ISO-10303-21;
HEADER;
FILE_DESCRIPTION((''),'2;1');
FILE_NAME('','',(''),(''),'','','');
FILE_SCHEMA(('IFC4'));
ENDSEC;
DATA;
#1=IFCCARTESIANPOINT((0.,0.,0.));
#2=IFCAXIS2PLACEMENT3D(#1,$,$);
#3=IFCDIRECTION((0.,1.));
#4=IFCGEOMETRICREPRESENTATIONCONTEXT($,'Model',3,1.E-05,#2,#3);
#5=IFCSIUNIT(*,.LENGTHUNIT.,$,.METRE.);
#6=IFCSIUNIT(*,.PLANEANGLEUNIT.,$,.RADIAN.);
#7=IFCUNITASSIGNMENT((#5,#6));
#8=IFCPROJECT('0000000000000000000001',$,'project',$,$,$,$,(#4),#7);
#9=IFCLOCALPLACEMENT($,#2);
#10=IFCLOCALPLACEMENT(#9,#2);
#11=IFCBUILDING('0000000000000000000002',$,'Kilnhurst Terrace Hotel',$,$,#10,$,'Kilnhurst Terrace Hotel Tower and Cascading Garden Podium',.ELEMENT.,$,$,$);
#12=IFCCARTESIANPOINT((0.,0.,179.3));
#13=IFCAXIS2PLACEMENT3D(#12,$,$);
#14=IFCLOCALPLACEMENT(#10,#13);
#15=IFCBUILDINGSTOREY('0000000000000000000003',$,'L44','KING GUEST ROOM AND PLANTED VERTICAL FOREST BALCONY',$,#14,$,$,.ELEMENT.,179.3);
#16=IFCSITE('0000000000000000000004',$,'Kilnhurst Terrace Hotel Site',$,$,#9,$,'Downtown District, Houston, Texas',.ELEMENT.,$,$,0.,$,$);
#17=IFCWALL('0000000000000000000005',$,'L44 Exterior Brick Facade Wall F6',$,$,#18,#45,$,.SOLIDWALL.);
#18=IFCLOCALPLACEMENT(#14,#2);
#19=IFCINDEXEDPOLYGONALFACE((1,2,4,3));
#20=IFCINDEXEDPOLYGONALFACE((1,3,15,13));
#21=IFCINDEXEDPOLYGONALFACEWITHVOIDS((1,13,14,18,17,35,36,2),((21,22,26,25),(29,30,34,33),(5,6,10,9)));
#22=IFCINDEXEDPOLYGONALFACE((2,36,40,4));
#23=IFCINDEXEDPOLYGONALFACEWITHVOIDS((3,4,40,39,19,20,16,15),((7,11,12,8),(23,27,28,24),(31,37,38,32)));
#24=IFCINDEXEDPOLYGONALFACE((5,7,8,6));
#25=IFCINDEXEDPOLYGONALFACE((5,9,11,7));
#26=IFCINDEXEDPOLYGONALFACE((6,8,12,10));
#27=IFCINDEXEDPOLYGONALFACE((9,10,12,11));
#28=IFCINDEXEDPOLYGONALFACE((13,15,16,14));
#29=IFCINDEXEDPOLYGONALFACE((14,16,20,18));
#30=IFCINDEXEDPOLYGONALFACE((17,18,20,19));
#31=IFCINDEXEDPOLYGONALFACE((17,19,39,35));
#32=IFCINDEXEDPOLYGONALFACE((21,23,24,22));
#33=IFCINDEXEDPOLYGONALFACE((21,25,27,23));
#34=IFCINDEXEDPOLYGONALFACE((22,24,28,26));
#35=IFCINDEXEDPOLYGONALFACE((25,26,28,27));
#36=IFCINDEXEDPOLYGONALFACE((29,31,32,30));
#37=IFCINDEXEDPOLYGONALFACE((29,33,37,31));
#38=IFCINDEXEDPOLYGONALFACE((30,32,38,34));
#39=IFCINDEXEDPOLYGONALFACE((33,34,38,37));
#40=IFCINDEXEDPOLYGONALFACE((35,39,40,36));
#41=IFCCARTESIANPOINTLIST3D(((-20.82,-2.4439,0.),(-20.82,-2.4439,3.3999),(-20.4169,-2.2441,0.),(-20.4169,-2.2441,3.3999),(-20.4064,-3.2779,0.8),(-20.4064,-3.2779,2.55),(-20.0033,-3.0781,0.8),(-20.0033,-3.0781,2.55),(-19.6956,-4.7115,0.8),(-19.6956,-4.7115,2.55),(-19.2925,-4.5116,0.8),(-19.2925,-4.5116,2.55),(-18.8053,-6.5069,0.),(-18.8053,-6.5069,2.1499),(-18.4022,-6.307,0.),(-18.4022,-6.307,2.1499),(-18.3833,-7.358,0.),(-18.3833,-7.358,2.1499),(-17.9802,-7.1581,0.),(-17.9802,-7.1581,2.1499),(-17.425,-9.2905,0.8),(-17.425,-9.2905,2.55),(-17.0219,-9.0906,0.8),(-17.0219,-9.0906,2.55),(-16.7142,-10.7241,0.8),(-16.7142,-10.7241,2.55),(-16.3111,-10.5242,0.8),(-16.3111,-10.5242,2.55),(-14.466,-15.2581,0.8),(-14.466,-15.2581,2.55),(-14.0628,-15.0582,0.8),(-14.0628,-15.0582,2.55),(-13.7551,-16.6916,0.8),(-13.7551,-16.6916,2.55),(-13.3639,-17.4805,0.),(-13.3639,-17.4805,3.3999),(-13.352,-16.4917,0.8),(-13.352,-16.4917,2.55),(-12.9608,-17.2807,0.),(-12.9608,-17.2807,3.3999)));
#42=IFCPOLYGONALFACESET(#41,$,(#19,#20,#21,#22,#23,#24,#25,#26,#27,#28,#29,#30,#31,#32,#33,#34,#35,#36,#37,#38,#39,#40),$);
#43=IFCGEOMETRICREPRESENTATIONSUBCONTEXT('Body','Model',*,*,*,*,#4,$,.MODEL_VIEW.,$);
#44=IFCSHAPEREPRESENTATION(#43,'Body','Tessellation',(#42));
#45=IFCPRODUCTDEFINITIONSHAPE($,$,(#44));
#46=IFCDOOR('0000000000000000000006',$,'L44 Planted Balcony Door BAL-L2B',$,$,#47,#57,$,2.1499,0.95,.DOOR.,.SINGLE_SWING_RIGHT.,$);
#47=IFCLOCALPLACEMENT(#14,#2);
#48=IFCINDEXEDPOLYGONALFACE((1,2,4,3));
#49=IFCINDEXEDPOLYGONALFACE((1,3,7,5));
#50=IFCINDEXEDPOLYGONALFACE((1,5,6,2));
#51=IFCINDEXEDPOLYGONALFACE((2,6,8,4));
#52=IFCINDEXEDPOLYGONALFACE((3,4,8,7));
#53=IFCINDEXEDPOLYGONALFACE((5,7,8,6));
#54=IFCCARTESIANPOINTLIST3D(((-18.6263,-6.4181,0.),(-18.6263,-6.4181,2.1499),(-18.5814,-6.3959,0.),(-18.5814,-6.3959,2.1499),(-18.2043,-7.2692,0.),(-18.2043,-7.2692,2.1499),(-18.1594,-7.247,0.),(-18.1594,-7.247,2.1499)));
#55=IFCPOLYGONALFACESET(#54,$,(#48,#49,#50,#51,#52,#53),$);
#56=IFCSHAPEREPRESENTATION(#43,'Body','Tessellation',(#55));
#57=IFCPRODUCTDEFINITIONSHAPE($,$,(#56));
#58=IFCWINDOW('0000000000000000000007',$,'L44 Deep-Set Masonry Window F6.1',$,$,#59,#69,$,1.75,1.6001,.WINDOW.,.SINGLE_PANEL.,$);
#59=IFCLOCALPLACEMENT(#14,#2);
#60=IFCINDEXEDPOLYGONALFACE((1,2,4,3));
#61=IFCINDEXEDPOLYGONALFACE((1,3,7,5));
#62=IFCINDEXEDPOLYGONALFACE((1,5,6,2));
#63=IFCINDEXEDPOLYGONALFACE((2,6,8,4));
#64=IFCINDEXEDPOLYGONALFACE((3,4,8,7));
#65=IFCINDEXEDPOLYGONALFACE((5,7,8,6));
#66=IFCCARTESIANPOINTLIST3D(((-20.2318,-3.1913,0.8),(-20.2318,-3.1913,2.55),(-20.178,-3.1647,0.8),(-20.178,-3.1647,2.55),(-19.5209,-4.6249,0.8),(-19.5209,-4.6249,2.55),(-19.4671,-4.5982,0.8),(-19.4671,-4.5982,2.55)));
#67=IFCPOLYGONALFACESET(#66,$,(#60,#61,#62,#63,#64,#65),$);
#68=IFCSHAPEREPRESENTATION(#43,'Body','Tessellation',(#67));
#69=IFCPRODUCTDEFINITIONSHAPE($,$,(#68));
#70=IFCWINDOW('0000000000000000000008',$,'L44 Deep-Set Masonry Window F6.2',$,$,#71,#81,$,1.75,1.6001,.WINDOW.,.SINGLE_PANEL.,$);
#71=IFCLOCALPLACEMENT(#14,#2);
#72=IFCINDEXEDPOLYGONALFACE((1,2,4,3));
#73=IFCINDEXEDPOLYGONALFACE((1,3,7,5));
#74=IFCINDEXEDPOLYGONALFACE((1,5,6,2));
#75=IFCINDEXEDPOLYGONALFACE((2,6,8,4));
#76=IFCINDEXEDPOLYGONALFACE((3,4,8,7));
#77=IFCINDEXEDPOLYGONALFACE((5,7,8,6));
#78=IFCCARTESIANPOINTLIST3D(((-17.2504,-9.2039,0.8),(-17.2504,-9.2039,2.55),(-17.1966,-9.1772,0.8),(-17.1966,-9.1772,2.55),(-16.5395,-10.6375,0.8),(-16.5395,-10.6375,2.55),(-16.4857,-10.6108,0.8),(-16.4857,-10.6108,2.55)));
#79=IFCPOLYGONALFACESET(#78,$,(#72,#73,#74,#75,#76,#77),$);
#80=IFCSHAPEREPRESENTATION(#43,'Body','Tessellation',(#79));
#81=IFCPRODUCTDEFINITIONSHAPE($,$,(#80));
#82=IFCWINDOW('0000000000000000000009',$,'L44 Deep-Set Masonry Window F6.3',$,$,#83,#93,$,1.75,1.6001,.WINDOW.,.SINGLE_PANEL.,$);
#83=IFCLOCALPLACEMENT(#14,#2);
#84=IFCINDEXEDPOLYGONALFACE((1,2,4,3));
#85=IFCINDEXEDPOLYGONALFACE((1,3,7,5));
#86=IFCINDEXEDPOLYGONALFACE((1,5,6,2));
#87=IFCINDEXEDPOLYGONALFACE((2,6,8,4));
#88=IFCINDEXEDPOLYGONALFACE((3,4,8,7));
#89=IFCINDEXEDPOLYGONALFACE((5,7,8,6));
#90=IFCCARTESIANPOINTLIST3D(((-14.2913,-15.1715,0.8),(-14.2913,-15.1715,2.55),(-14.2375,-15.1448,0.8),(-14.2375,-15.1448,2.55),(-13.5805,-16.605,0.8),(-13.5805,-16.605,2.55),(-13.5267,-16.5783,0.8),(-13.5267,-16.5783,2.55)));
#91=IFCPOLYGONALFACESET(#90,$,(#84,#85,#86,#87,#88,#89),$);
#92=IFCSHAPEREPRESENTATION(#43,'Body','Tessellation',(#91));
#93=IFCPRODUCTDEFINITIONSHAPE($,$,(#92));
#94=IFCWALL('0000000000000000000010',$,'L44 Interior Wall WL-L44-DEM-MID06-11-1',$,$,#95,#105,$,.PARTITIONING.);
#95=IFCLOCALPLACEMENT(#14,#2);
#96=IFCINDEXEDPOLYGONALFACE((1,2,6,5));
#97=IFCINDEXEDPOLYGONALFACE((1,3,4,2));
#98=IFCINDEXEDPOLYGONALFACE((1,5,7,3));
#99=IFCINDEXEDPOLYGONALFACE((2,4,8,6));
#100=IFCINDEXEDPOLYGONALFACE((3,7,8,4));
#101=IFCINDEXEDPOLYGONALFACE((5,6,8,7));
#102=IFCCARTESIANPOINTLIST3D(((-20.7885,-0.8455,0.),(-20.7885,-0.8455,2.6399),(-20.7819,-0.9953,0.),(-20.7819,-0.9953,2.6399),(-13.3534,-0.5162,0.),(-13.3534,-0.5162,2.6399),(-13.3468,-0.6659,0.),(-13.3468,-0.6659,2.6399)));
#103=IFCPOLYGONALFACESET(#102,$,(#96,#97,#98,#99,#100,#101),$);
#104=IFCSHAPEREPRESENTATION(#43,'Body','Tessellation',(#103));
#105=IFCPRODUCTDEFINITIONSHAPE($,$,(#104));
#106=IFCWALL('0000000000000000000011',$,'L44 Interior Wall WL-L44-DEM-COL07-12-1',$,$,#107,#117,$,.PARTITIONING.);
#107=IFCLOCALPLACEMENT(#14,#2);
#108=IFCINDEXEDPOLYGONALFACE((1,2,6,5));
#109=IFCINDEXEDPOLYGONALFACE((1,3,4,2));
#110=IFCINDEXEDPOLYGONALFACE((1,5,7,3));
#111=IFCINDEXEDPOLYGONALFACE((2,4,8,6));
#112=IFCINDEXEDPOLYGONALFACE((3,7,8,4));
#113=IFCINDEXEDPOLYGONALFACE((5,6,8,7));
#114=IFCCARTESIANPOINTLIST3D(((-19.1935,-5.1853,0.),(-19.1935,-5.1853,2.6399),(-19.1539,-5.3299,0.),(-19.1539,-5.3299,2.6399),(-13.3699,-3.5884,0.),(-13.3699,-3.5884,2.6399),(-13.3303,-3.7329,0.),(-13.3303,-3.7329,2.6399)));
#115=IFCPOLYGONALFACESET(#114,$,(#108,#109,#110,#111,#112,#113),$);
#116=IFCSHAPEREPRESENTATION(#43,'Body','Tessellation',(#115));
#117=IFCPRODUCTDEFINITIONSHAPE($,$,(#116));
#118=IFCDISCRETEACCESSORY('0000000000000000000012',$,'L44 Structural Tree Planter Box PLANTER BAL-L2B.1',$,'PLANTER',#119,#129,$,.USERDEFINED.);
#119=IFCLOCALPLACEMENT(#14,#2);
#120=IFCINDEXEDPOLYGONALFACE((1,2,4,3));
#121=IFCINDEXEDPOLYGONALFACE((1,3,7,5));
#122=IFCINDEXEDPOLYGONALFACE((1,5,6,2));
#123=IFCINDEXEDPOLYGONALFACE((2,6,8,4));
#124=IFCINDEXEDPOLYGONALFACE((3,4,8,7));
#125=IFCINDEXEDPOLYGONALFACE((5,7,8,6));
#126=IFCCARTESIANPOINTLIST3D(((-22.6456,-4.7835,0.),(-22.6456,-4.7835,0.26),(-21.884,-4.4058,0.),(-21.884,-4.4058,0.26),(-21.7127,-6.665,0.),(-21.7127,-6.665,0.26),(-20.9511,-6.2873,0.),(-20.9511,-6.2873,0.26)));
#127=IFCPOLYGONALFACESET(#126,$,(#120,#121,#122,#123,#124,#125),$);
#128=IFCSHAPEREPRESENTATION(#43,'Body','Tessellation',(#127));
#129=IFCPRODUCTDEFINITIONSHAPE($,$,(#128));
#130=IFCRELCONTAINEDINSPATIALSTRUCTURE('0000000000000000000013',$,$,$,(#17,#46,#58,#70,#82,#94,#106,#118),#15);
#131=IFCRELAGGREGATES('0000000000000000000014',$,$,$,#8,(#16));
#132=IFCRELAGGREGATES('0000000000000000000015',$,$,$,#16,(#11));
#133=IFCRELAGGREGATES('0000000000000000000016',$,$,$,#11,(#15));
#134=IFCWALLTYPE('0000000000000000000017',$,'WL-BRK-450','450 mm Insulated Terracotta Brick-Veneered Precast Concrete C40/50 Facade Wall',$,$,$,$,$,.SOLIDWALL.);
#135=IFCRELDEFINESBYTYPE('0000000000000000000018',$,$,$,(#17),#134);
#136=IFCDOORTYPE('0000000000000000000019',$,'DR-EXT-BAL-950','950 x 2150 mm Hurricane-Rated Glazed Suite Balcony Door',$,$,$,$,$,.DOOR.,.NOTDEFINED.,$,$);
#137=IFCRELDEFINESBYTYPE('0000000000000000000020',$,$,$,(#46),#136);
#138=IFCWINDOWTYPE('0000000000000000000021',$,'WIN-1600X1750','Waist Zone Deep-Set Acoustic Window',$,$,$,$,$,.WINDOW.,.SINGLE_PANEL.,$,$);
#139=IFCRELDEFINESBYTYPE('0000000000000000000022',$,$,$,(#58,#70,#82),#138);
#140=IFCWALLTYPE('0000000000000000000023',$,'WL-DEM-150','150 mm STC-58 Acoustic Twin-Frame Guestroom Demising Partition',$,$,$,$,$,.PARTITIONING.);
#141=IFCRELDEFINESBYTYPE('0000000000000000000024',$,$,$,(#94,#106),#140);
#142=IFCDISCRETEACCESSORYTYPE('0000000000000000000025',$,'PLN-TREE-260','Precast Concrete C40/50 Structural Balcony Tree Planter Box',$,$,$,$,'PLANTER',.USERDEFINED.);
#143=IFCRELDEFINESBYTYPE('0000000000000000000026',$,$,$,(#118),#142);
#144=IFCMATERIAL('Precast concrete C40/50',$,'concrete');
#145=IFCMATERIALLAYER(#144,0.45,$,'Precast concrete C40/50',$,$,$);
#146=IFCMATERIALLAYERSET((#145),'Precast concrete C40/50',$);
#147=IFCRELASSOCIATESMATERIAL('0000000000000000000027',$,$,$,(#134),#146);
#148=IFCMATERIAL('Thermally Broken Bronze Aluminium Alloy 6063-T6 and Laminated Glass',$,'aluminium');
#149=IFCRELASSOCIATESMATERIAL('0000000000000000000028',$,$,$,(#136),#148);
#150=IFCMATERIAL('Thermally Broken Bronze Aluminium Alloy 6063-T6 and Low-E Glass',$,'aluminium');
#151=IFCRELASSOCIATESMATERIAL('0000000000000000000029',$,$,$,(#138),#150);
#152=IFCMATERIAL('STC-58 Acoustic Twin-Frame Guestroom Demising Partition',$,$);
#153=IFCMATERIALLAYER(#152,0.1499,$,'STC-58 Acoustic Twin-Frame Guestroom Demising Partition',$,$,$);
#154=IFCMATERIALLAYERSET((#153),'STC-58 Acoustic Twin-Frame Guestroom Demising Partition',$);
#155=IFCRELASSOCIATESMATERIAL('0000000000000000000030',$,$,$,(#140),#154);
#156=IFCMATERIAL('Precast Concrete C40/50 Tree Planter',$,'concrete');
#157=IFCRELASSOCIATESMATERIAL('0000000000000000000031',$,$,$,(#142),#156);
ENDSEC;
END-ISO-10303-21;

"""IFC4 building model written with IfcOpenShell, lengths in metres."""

from ifc_helpers import new_model, si_unit, direction, frame, frame_2d, origin, origin_2d, place, context, subcontext, project, spatial, rectangle, extrude, material, layer, layer_set, type_object, element, fill, save


model = new_model("IFC4")

# Units and contexts
model_context = context("Model", 3, precision=1e-05, world=origin(), true_north=direction((0.0, 1.0)))
body_context = subcontext(model_context, "Body", "Model", "MODEL_VIEW")
ifc_project = project(units=[si_unit("LENGTHUNIT", "METRE"), si_unit("PLANEANGLEUNIT", "RADIAN")], contexts=[model_context])

# Site, building, storey
site_placement = place(None, origin())
site = spatial("IfcSite", under=ifc_project, at=site_placement, Name="Kilnhurst Terrace Hotel Site", LongName="Downtown District, Houston, Texas", CompositionType="ELEMENT", RefElevation=0.0)
building_placement = place(site_placement, origin())
building = spatial("IfcBuilding", under=site, at=building_placement, Name="Kilnhurst Terrace Hotel", LongName="Kilnhurst Terrace Hotel Tower and Cascading Garden Podium", CompositionType="ELEMENT")
storey_placement = place(building_placement, frame((0.0, 0.0, 179.3)))
storey = spatial("IfcBuildingStorey", under=building, at=storey_placement, Name="L44", Description="KING GUEST ROOM AND PLANTED VERTICAL FOREST BALCONY", CompositionType="ELEMENT", Elevation=179.3)

# Shared definitions
ifc_material_1 = material(Name="Precast concrete C40/50", Category="concrete")
ifc_layer_1 = layer(ifc_material_1, 0.45, Name="Precast concrete C40/50")
ifc_layer_set_1 = layer_set([ifc_layer_1], Name="Precast concrete C40/50")
wall_type_1 = type_object("IfcWallType", Name="WL-BRK-450", Description="450 mm Insulated Terracotta Brick-Veneered Precast Concrete C40/50 Facade Wall", PredefinedType="SOLIDWALL", material=ifc_layer_set_1)

# Wall, openings, door, windows
wall_1_placement = place(storey_placement, frame((-20.6184, -2.344, 0.0), z_axis=(0.0, 0.0, 1.0), x_axis=(0.444244, -0.895906, 0.0)))
wall_1 = element("IfcWall", 1, at=wall_1_placement, inside=storey, type_object=wall_type_1, Name="L44 Exterior Brick Facade Wall F6", PredefinedType="SOLIDWALL", context=body_context, shape_type="SweptSolid", body=[
    extrude(rectangle(XDim=16.7837, YDim=0.45, at=frame_2d((8.3918, 0.0))), origin(), (0.0, 0.0, 1.0), 3.3999),
])
opening_1_placement = place(wall_1_placement, frame((4.5349, 0.0, 0.0)))
opening_1 = element("IfcOpeningElement", 2, at=opening_1_placement, cuts=wall_1, PredefinedType="OPENING", context=body_context, shape_type="SweptSolid", body=[
    extrude(rectangle(XDim=0.95, YDim=2.1499, at=frame_2d((0.4751, 1.075))), frame((0.0, 0.2349, 0.0), z_axis=(0.0, -1.0, 0.0), x_axis=(1.0, 0.0, 0.0)), (0.0, 0.0, 1.0), 0.47),
])
opening_2_placement = place(wall_1_placement, frame((0.9309, 0.0, 0.8)))
opening_2 = element("IfcOpeningElement", 3, at=opening_2_placement, cuts=wall_1, PredefinedType="OPENING", context=body_context, shape_type="SweptSolid", body=[
    extrude(rectangle(XDim=1.6001, YDim=1.75, at=frame_2d((0.8, 0.875))), frame((0.0, 0.2349, 0.0), z_axis=(0.0, -1.0, 0.0), x_axis=(1.0, 0.0, 0.0)), (0.0, 0.0, 1.0), 0.47),
])
opening_3_placement = place(wall_1_placement, frame((7.6421, 0.0, 0.8)))
opening_3 = element("IfcOpeningElement", 4, at=opening_3_placement, cuts=wall_1, PredefinedType="OPENING", context=body_context, shape_type="SweptSolid", body=[
    extrude(rectangle(XDim=1.6001, YDim=1.75, at=frame_2d((0.8, 0.875))), frame((0.0, 0.2349, 0.0), z_axis=(0.0, -1.0, 0.0), x_axis=(1.0, 0.0, 0.0)), (0.0, 0.0, 1.0), 0.47),
])
opening_4_placement = place(wall_1_placement, frame((14.303, 0.0, 0.8)))
opening_4 = element("IfcOpeningElement", 5, at=opening_4_placement, cuts=wall_1, PredefinedType="OPENING", context=body_context, shape_type="SweptSolid", body=[
    extrude(rectangle(XDim=1.6001, YDim=1.75, at=frame_2d((0.8, 0.875))), frame((0.0, 0.2349, 0.0), z_axis=(0.0, -1.0, 0.0), x_axis=(1.0, 0.0, 0.0)), (0.0, 0.0, 1.0), 0.47),
])
ifc_material_2 = material(Name="Thermally Broken Bronze Aluminium Alloy 6063-T6 and Laminated Glass", Category="aluminium")
door_type_1 = type_object("IfcDoorType", Name="DR-EXT-BAL-950", Description="950 x 2150 mm Hurricane-Rated Glazed Suite Balcony Door", OperationType="NOTDEFINED", PredefinedType="DOOR", material=ifc_material_2)
door_1_placement = place(opening_1_placement, origin())
door_1 = element("IfcDoor", 6, at=door_1_placement, inside=storey, type_object=door_type_1, Name="L44 Planted Balcony Door BAL-L2B", OperationType="SINGLE_SWING_RIGHT", OverallHeight=2.1499, OverallWidth=0.95, PredefinedType="DOOR", context=body_context, shape_type="SweptSolid", body=[
    extrude(rectangle(XDim=0.95, YDim=2.1499, at=frame_2d((0.4751, 1.075))), frame((0.0, 0.0249, 0.0), z_axis=(0.0, -1.0, 0.0), x_axis=(1.0, 0.0, 0.0)), (0.0, 0.0, 1.0), 0.05),
])
fill(opening_1, door_1)
ifc_material_3 = material(Name="Thermally Broken Bronze Aluminium Alloy 6063-T6 and Low-E Glass", Category="aluminium")
window_type = type_object("IfcWindowType", Name="WIN-1600X1750", Description="Waist Zone Deep-Set Acoustic Window", PartitioningType="SINGLE_PANEL", PredefinedType="WINDOW", material=ifc_material_3)
window_1_placement = place(opening_2_placement, origin())
window_1 = element("IfcWindow", 7, at=window_1_placement, inside=storey, type_object=window_type, Name="L44 Deep-Set Masonry Window F6.1", OverallHeight=1.75, OverallWidth=1.6001, PartitioningType="SINGLE_PANEL", PredefinedType="WINDOW", context=body_context, shape_type="SweptSolid", body=[
    extrude(rectangle(XDim=1.6001, YDim=1.75, at=frame_2d((0.8, 0.875))), frame((0.0, 0.03, 0.0), z_axis=(0.0, -1.0, 0.0), x_axis=(1.0, 0.0, 0.0)), (0.0, 0.0, 1.0), 0.0601),
])
fill(opening_2, window_1)
window_2_placement = place(opening_3_placement, origin())
window_2 = element("IfcWindow", 8, at=window_2_placement, inside=storey, type_object=window_type, Name="L44 Deep-Set Masonry Window F6.2", OverallHeight=1.75, OverallWidth=1.6001, PartitioningType="SINGLE_PANEL", PredefinedType="WINDOW", context=body_context, shape_type="SweptSolid", body=[
    extrude(rectangle(XDim=1.6001, YDim=1.75, at=frame_2d((0.8, 0.875))), frame((0.0, 0.03, 0.0), z_axis=(0.0, -1.0, 0.0), x_axis=(1.0, 0.0, 0.0)), (0.0, 0.0, 1.0), 0.0601),
])
fill(opening_3, window_2)
window_3_placement = place(opening_4_placement, origin())
window_3 = element("IfcWindow", 9, at=window_3_placement, inside=storey, type_object=window_type, Name="L44 Deep-Set Masonry Window F6.3", OverallHeight=1.75, OverallWidth=1.6001, PartitioningType="SINGLE_PANEL", PredefinedType="WINDOW", context=body_context, shape_type="SweptSolid", body=[
    extrude(rectangle(XDim=1.6001, YDim=1.75, at=frame_2d((0.8, 0.875))), frame((0.0, 0.03, 0.0), z_axis=(0.0, -1.0, 0.0), x_axis=(1.0, 0.0, 0.0)), (0.0, 0.0, 1.0), 0.0601),
])
fill(opening_4, window_3)

# Walls
ifc_material_4 = material(Name="STC-58 Acoustic Twin-Frame Guestroom Demising Partition")
ifc_layer_2 = layer(ifc_material_4, 0.1499, Name="STC-58 Acoustic Twin-Frame Guestroom Demising Partition")
ifc_layer_set_2 = layer_set([ifc_layer_2], Name="STC-58 Acoustic Twin-Frame Guestroom Demising Partition")
wall_type_2 = type_object("IfcWallType", Name="WL-DEM-150", Description="150 mm STC-58 Acoustic Twin-Frame Guestroom Demising Partition", PredefinedType="PARTITIONING", material=ifc_layer_set_2)
wall_2_placement = place(storey_placement, frame((-13.3501, -0.5911, 0.0), z_axis=(0.0, 0.0, 1.0), x_axis=(-0.99902, -0.044253, 0.0)))
element("IfcWall", 10, at=wall_2_placement, inside=storey, type_object=wall_type_2, Name="L44 Interior Wall WL-L44-DEM-MID06-11-1", PredefinedType="PARTITIONING", context=body_context, shape_type="SweptSolid", body=[
    extrude(rectangle(XDim=7.4424, YDim=0.1499, at=frame_2d((3.7212, 0.0))), origin(), (0.0, 0.0, 1.0), 2.6399),
])
wall_3_placement = place(storey_placement, frame((-13.3501, -3.6606, 0.0), z_axis=(0.0, 0.0, 1.0), x_axis=(-0.964397, -0.264458, 0.0)))
element("IfcWall", 11, at=wall_3_placement, inside=storey, type_object=wall_type_2, Name="L44 Interior Wall WL-L44-DEM-COL07-12-1", PredefinedType="PARTITIONING", context=body_context, shape_type="SweptSolid", body=[
    extrude(rectangle(XDim=6.0386, YDim=0.1499, at=frame_2d((3.0193, 0.0))), origin(), (0.0, 0.0, 1.0), 2.6399),
])

# Discrete accessory
ifc_material_5 = material(Name="Precast Concrete C40/50 Tree Planter", Category="concrete")
discrete_accessory_type = type_object("IfcDiscreteAccessoryType", Name="PLN-TREE-260", Description="Precast Concrete C40/50 Structural Balcony Tree Planter Box", ElementType="PLANTER", PredefinedType="USERDEFINED", material=ifc_material_5)
discrete_accessory_placement = place(storey_placement, frame((-21.7983, -5.5354, 0.0), z_axis=(0.0, 0.0, 1.0), x_axis=(0.444244, -0.895906, 0.0)))
element("IfcDiscreteAccessory", 12, at=discrete_accessory_placement, inside=storey, type_object=discrete_accessory_type, Name="L44 Structural Tree Planter Box PLANTER BAL-L2B.1", ObjectType="PLANTER", PredefinedType="USERDEFINED", context=body_context, shape_type="SweptSolid", body=[
    extrude(rectangle(XDim=2.1001, YDim=0.8501, at=origin_2d()), origin(), (0.0, 0.0, 1.0), 0.26),
])

save(model, "model.ifc")
